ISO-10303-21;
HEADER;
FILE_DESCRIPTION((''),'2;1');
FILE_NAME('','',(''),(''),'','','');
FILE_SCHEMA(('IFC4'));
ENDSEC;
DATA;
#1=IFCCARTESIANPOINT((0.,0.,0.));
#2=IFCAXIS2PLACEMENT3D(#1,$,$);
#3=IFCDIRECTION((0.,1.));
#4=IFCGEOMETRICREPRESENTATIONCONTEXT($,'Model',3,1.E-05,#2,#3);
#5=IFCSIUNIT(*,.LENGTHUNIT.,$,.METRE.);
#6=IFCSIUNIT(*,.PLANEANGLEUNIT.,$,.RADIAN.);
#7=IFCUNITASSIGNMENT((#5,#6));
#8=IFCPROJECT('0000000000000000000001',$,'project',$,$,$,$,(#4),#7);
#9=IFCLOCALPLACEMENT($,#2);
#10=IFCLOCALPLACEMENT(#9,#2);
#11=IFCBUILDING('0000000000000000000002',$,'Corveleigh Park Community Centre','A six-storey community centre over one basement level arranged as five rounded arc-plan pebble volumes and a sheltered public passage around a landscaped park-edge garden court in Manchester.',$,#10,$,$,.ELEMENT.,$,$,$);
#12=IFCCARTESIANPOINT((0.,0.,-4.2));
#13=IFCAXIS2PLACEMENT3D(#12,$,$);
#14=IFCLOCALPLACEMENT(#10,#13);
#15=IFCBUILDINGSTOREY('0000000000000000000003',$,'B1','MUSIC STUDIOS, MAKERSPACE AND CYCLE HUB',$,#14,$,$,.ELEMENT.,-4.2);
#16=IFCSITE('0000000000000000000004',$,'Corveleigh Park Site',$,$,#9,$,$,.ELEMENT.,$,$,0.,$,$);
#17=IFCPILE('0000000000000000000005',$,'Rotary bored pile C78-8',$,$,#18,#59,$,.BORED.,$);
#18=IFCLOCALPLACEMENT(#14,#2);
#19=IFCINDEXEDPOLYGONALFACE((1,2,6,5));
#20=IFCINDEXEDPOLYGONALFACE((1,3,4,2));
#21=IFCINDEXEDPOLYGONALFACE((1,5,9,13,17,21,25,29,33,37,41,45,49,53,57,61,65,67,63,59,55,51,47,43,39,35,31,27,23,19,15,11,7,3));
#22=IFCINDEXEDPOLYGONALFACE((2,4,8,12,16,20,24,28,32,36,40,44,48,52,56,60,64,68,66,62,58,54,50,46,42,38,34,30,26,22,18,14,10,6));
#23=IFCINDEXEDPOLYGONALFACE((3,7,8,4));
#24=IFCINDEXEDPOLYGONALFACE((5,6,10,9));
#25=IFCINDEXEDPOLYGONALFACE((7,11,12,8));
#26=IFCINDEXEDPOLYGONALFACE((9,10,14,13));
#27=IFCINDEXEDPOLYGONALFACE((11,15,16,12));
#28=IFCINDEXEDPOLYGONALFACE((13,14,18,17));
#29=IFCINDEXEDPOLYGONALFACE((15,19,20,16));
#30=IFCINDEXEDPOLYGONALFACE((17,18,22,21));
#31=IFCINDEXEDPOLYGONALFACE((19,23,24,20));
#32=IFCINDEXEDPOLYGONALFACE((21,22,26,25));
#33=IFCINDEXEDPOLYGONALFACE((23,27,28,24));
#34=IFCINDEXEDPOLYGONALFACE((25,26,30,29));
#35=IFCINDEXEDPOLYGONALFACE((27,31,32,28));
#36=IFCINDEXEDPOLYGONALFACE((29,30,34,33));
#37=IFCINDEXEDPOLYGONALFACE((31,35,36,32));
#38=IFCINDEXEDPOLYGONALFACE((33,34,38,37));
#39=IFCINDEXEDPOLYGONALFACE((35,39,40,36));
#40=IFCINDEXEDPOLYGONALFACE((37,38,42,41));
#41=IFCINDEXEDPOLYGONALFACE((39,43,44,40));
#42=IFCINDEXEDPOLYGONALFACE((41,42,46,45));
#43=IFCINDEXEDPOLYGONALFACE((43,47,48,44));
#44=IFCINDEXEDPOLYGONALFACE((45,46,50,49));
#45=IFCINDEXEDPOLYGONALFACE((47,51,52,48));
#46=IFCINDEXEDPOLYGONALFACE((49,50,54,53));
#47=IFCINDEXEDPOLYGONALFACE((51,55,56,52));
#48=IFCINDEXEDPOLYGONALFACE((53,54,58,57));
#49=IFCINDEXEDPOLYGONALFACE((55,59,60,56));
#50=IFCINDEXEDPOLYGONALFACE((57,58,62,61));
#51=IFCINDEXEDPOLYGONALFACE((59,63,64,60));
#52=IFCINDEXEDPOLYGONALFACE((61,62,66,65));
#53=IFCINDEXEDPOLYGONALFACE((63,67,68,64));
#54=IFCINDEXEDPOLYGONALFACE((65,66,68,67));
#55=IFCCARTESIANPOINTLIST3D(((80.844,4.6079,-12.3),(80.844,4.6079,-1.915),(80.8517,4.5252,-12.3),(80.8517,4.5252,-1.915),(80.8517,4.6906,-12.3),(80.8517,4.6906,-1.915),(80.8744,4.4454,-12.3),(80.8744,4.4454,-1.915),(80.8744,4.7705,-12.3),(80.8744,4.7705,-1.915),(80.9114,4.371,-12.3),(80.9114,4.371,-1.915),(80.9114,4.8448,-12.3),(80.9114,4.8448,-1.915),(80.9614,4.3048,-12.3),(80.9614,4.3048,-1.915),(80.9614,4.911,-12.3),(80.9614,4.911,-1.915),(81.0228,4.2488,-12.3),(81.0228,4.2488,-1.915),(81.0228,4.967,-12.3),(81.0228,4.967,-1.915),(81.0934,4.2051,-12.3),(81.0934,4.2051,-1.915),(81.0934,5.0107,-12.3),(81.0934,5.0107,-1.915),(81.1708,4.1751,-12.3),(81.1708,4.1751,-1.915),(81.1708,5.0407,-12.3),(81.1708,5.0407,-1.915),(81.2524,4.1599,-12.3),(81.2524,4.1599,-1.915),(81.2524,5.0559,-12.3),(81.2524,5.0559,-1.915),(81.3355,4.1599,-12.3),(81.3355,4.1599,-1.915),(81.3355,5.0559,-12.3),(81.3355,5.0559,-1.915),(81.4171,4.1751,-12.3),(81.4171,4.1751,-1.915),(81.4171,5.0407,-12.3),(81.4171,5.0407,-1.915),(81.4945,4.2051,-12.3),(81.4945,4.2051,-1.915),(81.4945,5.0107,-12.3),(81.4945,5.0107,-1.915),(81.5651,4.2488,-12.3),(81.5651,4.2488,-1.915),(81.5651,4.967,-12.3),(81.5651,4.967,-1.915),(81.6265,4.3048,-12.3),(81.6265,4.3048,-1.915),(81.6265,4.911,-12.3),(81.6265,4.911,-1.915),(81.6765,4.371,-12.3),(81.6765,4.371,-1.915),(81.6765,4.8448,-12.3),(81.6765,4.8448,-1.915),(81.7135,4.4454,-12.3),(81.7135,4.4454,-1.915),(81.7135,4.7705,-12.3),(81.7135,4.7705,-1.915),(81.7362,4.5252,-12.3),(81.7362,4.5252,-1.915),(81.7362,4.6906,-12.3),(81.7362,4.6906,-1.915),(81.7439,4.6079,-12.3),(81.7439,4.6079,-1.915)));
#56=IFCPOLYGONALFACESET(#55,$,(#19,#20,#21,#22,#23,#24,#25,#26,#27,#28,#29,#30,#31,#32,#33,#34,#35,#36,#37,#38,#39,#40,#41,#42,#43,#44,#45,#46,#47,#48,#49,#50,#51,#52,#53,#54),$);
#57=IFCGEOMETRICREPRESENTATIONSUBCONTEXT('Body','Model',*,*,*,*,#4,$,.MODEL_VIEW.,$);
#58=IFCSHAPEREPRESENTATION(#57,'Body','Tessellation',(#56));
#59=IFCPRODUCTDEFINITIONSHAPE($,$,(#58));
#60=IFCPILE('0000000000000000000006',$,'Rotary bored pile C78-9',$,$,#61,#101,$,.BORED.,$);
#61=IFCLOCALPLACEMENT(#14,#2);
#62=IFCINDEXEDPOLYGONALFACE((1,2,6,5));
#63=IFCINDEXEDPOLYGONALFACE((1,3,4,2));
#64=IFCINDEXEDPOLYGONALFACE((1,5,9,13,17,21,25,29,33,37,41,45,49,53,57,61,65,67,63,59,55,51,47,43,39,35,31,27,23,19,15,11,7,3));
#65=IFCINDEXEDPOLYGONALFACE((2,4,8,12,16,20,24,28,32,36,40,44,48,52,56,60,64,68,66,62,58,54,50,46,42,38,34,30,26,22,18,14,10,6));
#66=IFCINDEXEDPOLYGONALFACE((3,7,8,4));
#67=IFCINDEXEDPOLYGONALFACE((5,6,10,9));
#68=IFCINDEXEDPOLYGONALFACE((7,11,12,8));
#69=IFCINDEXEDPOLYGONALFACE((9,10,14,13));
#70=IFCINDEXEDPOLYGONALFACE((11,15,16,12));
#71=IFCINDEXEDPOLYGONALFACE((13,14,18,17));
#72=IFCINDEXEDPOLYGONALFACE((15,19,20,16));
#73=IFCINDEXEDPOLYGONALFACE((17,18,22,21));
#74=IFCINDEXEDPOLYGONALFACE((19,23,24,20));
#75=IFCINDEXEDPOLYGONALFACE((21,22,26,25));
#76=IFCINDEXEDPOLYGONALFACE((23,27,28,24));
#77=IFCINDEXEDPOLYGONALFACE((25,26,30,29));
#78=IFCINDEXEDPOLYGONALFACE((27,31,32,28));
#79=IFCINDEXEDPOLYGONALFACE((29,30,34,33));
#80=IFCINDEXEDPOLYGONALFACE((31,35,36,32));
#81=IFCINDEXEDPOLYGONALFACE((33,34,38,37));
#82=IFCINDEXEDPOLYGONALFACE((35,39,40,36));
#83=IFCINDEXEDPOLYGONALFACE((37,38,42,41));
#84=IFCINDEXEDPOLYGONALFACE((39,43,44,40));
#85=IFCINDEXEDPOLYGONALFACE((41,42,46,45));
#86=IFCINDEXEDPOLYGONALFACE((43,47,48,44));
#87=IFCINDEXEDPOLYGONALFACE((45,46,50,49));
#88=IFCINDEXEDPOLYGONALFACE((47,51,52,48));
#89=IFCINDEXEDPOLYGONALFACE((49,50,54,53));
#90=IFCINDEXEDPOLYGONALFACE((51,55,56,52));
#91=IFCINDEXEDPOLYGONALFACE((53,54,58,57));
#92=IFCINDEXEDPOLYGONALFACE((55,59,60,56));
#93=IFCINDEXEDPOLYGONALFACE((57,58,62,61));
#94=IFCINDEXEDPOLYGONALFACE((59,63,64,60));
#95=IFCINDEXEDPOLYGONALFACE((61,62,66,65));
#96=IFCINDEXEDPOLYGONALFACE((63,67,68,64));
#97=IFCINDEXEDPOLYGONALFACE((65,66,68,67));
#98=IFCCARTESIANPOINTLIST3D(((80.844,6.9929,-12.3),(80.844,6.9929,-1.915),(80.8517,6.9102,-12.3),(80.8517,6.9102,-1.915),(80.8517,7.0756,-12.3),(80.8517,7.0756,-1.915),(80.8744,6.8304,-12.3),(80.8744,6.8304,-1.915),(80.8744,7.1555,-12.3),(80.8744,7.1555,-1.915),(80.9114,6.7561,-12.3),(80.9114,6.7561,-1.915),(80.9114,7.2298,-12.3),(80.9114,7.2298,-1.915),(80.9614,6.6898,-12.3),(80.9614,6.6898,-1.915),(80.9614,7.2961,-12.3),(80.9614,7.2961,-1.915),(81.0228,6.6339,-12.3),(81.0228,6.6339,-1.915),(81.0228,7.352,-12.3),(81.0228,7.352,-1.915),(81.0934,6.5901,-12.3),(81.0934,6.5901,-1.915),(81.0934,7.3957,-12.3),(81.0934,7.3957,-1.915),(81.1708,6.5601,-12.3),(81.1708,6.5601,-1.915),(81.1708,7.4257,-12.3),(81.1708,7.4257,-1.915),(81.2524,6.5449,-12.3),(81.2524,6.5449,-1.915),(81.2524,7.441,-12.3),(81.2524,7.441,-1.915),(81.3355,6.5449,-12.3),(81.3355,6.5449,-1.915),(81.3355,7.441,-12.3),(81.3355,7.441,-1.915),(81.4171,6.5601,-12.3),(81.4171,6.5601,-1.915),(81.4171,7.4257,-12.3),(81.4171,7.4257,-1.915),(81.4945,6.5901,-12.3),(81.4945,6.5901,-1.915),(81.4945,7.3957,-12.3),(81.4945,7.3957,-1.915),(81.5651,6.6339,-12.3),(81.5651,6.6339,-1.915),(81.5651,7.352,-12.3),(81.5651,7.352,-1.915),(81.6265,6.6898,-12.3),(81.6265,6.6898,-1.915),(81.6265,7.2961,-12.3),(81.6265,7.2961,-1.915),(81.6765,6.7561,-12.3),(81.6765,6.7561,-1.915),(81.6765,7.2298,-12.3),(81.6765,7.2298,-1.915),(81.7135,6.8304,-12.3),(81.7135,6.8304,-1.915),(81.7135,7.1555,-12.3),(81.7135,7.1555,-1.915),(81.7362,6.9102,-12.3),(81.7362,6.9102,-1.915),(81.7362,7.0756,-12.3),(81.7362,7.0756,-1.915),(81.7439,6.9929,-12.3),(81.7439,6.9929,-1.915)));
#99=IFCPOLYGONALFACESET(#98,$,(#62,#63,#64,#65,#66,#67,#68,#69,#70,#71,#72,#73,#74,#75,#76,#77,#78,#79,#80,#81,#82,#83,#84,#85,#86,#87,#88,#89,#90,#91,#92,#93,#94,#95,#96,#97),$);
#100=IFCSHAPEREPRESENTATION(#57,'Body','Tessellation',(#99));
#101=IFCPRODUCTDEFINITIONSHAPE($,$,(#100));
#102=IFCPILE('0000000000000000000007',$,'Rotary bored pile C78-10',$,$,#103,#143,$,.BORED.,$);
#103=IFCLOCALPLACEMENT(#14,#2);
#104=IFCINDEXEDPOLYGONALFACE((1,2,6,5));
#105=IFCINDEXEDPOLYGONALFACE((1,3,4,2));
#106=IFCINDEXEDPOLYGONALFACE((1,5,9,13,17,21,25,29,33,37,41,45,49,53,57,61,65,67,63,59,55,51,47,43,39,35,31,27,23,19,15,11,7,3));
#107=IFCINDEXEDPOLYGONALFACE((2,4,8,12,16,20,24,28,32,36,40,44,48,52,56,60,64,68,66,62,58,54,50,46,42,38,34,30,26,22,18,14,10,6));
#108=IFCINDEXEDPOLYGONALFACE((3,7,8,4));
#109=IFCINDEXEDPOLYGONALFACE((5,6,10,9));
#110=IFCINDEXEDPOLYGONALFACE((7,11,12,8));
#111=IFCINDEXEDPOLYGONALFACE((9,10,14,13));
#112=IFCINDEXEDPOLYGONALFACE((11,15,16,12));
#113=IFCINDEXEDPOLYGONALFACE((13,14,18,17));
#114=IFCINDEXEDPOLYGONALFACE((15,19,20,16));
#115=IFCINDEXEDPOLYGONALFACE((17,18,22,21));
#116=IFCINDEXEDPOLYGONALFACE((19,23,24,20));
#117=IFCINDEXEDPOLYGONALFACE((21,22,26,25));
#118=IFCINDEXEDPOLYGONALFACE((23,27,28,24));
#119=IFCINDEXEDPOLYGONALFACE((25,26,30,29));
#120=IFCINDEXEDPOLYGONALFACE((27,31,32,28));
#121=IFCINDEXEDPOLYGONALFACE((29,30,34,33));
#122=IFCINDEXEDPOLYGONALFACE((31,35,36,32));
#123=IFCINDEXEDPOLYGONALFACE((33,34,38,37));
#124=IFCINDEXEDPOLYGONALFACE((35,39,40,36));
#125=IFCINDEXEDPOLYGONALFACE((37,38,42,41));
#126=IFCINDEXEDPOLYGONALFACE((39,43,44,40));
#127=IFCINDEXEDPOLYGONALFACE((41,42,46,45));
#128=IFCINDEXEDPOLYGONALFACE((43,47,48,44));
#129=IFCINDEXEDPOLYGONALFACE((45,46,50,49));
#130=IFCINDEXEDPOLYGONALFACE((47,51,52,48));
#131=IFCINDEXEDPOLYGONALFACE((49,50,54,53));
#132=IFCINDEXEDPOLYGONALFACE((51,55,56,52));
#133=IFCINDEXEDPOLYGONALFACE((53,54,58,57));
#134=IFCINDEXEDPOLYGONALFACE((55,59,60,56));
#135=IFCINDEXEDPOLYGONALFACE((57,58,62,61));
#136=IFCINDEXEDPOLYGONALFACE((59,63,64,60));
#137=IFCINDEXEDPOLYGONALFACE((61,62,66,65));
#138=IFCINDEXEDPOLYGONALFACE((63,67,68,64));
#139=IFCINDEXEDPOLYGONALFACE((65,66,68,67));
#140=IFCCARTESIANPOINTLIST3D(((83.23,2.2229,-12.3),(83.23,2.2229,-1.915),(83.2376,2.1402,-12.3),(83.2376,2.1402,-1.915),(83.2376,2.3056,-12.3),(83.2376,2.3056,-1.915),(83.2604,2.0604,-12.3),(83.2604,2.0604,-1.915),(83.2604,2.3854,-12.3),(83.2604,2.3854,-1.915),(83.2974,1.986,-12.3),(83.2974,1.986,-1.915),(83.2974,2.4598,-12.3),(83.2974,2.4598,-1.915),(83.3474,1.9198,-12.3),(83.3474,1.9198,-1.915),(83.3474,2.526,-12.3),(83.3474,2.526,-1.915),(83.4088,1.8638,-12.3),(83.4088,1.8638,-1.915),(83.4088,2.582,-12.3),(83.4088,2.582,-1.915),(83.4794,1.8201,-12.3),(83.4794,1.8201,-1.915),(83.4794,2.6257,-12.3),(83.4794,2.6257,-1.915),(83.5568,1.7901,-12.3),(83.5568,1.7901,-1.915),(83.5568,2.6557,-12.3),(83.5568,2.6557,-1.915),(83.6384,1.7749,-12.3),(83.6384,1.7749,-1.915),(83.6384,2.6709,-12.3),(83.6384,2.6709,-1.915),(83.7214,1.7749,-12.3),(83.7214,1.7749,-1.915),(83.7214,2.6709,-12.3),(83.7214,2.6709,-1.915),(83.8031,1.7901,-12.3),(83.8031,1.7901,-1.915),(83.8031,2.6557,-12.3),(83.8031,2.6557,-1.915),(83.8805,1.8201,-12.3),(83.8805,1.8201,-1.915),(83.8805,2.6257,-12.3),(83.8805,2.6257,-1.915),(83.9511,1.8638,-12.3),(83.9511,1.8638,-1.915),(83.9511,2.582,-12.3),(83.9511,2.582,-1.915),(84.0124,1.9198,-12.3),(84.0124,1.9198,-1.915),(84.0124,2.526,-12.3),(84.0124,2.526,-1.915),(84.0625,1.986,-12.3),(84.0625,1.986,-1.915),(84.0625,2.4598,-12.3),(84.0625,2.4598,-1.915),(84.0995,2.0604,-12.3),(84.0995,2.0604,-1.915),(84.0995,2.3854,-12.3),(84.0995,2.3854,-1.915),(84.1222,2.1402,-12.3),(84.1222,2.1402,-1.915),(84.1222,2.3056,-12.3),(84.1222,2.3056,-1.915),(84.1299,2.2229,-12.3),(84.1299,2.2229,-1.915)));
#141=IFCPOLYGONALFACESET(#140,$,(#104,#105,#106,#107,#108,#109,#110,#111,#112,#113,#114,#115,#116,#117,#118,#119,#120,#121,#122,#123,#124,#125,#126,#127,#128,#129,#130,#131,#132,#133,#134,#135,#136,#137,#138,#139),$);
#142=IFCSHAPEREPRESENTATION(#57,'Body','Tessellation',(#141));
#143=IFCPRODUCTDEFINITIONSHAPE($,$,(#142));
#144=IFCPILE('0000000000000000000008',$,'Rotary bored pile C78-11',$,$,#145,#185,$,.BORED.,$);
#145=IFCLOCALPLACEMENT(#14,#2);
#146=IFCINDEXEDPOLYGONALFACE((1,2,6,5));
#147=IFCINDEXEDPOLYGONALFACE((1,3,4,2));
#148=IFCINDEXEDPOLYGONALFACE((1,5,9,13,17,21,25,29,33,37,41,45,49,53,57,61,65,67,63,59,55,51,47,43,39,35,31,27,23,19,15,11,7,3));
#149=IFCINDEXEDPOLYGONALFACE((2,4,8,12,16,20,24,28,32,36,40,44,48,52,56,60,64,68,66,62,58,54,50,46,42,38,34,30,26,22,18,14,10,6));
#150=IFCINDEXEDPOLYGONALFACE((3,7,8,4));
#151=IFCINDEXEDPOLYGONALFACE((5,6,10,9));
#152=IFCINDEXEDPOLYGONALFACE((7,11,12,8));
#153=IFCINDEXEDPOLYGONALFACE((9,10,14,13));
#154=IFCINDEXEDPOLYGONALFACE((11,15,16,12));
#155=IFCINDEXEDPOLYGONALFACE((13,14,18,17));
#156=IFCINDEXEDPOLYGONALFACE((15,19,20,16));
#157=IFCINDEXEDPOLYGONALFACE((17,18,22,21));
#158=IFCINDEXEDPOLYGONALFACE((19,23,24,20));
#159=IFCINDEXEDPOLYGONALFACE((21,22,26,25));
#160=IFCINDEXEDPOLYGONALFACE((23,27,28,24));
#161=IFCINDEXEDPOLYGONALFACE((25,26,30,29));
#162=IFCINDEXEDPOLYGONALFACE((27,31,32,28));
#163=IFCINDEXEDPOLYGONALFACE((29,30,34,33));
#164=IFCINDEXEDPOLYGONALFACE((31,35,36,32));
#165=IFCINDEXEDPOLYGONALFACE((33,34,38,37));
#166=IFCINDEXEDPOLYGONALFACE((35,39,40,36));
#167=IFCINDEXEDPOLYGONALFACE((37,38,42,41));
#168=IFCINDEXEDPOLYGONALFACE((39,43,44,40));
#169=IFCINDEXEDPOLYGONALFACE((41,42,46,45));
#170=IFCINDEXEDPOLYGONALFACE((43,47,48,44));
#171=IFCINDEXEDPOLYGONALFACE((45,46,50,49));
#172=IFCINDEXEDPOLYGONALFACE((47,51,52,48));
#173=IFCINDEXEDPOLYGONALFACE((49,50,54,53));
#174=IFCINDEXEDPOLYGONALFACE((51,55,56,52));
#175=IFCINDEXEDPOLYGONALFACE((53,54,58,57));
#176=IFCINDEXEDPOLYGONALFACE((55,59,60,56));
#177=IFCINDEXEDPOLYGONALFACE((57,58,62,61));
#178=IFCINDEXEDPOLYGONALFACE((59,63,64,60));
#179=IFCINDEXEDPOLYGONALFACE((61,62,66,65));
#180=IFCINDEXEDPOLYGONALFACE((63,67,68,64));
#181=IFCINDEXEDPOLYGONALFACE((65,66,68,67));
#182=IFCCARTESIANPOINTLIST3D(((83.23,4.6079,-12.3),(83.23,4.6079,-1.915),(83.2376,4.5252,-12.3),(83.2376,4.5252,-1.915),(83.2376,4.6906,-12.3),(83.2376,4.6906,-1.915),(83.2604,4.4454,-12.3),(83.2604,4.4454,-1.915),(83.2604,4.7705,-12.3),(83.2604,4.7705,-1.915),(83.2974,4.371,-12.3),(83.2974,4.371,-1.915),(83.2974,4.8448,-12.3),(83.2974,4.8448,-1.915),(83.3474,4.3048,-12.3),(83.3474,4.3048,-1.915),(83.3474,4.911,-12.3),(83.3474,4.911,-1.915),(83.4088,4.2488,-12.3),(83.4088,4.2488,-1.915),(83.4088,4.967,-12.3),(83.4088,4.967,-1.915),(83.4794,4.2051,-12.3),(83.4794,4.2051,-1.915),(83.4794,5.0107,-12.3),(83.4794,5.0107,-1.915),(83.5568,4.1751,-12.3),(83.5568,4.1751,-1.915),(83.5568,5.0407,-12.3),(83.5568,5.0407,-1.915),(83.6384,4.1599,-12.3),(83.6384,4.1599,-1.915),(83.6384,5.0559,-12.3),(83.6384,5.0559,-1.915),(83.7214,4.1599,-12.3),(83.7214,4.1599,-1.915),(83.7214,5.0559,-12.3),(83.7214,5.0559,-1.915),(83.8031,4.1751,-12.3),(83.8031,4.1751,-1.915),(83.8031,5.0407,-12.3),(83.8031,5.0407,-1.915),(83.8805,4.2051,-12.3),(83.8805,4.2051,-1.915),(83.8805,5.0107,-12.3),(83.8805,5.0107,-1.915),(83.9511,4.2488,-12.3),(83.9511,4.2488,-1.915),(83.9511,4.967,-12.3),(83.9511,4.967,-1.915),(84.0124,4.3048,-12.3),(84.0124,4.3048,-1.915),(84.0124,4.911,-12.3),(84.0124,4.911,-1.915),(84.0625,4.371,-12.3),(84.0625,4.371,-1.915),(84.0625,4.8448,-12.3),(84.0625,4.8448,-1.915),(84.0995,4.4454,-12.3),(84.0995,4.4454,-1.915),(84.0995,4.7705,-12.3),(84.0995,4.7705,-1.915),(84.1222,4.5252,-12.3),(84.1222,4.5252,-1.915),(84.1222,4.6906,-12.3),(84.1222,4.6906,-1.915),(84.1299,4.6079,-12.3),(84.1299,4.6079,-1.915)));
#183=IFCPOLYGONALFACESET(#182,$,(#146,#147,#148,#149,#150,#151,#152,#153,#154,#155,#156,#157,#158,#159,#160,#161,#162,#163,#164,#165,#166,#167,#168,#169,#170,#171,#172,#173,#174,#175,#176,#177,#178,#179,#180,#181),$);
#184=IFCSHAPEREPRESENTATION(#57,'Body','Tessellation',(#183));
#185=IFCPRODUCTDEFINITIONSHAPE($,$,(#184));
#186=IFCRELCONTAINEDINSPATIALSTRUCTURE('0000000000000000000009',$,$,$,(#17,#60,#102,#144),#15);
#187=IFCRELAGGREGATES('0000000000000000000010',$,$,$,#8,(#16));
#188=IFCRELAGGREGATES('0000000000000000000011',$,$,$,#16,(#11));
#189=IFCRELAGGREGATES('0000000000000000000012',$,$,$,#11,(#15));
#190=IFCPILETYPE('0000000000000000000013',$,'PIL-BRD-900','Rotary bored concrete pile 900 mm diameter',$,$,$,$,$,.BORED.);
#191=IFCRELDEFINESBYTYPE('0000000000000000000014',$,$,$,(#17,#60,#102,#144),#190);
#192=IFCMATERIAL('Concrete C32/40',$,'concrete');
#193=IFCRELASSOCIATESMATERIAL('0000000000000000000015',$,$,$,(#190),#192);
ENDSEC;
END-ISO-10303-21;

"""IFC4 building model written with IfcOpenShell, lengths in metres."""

from ifc_helpers import new_model, si_unit, direction, frame, origin, origin_2d, place, context, subcontext, project, spatial, circle, extrude, material, material_profile, profile_set, type_object, element, save


model = new_model("IFC4")

# Units and contexts
model_context = context("Model", 3, precision=1e-05, world=origin(), true_north=direction((0.0, 1.0)))
body_context = subcontext(model_context, "Body", "Model", "MODEL_VIEW")
ifc_project = project(units=[si_unit("LENGTHUNIT", "METRE"), si_unit("PLANEANGLEUNIT", "RADIAN")], contexts=[model_context])

# Site, building, storey
site_placement = place(None, origin())
site = spatial("IfcSite", under=ifc_project, at=site_placement, Name="Corveleigh Park Site", CompositionType="ELEMENT", RefElevation=0.0)
building_placement = place(site_placement, origin())
building = spatial("IfcBuilding", under=site, at=building_placement, Name="Corveleigh Park Community Centre", Description="A six-storey community centre over one basement level arranged as five rounded arc-plan pebble volumes and a sheltered public passage around a landscaped park-edge garden court in Manchester.", CompositionType="ELEMENT")
storey_placement = place(building_placement, frame((0.0, 0.0, -4.2)))
storey = spatial("IfcBuildingStorey", under=building, at=storey_placement, Name="B1", Description="MUSIC STUDIOS, MAKERSPACE AND CYCLE HUB", CompositionType="ELEMENT", Elevation=-4.2)

# Piles
ifc_material_1 = material(Name="Concrete C32/40", Category="concrete")
ifc_material_profile_1 = material_profile(ifc_material_1, circle(Radius=0.45, at=origin_2d()), Name="BORED-PILE-900", Category="concrete")
ifc_profile_set_1 = profile_set([ifc_material_profile_1], Name="Concrete C32/40")
pile_type = type_object("IfcPileType", Name="PIL-BRD-900", Description="Rotary bored concrete pile 900 mm diameter", PredefinedType="BORED", material=ifc_profile_set_1)
for number, where, z_axis, x_axis, name in (
    (1, (81.2939, 4.6079, -1.915), (0.0, 0.0, -1.0), (1.0, 0.0, 0.0), "Rotary bored pile C78-8"),
    (2, (81.2939, 6.9929, -1.915), (0.0, 0.0, -1.0), (1.0, 0.0, 0.0), "Rotary bored pile C78-9"),
    (3, (83.6799, 2.2229, -1.915), (0.0, 0.0, -1.0), (1.0, 0.0, 0.0), "Rotary bored pile C78-10"),
    (4, (83.6799, 4.6079, -1.915), (0.0, 0.0, -1.0), (1.0, 0.0, 0.0), "Rotary bored pile C78-11"),
):
    element("IfcPile", number, at=place(storey_placement, frame(where, z_axis=z_axis, x_axis=x_axis)), inside=storey, type_object=pile_type, Name=name, PredefinedType="BORED", context=body_context, shape_type="SweptSolid", body=[
        extrude(circle(Radius=0.45, at=origin_2d()), origin(), (0.0, 0.0, 1.0), 10.385),
    ])

save(model, "model.ifc")
